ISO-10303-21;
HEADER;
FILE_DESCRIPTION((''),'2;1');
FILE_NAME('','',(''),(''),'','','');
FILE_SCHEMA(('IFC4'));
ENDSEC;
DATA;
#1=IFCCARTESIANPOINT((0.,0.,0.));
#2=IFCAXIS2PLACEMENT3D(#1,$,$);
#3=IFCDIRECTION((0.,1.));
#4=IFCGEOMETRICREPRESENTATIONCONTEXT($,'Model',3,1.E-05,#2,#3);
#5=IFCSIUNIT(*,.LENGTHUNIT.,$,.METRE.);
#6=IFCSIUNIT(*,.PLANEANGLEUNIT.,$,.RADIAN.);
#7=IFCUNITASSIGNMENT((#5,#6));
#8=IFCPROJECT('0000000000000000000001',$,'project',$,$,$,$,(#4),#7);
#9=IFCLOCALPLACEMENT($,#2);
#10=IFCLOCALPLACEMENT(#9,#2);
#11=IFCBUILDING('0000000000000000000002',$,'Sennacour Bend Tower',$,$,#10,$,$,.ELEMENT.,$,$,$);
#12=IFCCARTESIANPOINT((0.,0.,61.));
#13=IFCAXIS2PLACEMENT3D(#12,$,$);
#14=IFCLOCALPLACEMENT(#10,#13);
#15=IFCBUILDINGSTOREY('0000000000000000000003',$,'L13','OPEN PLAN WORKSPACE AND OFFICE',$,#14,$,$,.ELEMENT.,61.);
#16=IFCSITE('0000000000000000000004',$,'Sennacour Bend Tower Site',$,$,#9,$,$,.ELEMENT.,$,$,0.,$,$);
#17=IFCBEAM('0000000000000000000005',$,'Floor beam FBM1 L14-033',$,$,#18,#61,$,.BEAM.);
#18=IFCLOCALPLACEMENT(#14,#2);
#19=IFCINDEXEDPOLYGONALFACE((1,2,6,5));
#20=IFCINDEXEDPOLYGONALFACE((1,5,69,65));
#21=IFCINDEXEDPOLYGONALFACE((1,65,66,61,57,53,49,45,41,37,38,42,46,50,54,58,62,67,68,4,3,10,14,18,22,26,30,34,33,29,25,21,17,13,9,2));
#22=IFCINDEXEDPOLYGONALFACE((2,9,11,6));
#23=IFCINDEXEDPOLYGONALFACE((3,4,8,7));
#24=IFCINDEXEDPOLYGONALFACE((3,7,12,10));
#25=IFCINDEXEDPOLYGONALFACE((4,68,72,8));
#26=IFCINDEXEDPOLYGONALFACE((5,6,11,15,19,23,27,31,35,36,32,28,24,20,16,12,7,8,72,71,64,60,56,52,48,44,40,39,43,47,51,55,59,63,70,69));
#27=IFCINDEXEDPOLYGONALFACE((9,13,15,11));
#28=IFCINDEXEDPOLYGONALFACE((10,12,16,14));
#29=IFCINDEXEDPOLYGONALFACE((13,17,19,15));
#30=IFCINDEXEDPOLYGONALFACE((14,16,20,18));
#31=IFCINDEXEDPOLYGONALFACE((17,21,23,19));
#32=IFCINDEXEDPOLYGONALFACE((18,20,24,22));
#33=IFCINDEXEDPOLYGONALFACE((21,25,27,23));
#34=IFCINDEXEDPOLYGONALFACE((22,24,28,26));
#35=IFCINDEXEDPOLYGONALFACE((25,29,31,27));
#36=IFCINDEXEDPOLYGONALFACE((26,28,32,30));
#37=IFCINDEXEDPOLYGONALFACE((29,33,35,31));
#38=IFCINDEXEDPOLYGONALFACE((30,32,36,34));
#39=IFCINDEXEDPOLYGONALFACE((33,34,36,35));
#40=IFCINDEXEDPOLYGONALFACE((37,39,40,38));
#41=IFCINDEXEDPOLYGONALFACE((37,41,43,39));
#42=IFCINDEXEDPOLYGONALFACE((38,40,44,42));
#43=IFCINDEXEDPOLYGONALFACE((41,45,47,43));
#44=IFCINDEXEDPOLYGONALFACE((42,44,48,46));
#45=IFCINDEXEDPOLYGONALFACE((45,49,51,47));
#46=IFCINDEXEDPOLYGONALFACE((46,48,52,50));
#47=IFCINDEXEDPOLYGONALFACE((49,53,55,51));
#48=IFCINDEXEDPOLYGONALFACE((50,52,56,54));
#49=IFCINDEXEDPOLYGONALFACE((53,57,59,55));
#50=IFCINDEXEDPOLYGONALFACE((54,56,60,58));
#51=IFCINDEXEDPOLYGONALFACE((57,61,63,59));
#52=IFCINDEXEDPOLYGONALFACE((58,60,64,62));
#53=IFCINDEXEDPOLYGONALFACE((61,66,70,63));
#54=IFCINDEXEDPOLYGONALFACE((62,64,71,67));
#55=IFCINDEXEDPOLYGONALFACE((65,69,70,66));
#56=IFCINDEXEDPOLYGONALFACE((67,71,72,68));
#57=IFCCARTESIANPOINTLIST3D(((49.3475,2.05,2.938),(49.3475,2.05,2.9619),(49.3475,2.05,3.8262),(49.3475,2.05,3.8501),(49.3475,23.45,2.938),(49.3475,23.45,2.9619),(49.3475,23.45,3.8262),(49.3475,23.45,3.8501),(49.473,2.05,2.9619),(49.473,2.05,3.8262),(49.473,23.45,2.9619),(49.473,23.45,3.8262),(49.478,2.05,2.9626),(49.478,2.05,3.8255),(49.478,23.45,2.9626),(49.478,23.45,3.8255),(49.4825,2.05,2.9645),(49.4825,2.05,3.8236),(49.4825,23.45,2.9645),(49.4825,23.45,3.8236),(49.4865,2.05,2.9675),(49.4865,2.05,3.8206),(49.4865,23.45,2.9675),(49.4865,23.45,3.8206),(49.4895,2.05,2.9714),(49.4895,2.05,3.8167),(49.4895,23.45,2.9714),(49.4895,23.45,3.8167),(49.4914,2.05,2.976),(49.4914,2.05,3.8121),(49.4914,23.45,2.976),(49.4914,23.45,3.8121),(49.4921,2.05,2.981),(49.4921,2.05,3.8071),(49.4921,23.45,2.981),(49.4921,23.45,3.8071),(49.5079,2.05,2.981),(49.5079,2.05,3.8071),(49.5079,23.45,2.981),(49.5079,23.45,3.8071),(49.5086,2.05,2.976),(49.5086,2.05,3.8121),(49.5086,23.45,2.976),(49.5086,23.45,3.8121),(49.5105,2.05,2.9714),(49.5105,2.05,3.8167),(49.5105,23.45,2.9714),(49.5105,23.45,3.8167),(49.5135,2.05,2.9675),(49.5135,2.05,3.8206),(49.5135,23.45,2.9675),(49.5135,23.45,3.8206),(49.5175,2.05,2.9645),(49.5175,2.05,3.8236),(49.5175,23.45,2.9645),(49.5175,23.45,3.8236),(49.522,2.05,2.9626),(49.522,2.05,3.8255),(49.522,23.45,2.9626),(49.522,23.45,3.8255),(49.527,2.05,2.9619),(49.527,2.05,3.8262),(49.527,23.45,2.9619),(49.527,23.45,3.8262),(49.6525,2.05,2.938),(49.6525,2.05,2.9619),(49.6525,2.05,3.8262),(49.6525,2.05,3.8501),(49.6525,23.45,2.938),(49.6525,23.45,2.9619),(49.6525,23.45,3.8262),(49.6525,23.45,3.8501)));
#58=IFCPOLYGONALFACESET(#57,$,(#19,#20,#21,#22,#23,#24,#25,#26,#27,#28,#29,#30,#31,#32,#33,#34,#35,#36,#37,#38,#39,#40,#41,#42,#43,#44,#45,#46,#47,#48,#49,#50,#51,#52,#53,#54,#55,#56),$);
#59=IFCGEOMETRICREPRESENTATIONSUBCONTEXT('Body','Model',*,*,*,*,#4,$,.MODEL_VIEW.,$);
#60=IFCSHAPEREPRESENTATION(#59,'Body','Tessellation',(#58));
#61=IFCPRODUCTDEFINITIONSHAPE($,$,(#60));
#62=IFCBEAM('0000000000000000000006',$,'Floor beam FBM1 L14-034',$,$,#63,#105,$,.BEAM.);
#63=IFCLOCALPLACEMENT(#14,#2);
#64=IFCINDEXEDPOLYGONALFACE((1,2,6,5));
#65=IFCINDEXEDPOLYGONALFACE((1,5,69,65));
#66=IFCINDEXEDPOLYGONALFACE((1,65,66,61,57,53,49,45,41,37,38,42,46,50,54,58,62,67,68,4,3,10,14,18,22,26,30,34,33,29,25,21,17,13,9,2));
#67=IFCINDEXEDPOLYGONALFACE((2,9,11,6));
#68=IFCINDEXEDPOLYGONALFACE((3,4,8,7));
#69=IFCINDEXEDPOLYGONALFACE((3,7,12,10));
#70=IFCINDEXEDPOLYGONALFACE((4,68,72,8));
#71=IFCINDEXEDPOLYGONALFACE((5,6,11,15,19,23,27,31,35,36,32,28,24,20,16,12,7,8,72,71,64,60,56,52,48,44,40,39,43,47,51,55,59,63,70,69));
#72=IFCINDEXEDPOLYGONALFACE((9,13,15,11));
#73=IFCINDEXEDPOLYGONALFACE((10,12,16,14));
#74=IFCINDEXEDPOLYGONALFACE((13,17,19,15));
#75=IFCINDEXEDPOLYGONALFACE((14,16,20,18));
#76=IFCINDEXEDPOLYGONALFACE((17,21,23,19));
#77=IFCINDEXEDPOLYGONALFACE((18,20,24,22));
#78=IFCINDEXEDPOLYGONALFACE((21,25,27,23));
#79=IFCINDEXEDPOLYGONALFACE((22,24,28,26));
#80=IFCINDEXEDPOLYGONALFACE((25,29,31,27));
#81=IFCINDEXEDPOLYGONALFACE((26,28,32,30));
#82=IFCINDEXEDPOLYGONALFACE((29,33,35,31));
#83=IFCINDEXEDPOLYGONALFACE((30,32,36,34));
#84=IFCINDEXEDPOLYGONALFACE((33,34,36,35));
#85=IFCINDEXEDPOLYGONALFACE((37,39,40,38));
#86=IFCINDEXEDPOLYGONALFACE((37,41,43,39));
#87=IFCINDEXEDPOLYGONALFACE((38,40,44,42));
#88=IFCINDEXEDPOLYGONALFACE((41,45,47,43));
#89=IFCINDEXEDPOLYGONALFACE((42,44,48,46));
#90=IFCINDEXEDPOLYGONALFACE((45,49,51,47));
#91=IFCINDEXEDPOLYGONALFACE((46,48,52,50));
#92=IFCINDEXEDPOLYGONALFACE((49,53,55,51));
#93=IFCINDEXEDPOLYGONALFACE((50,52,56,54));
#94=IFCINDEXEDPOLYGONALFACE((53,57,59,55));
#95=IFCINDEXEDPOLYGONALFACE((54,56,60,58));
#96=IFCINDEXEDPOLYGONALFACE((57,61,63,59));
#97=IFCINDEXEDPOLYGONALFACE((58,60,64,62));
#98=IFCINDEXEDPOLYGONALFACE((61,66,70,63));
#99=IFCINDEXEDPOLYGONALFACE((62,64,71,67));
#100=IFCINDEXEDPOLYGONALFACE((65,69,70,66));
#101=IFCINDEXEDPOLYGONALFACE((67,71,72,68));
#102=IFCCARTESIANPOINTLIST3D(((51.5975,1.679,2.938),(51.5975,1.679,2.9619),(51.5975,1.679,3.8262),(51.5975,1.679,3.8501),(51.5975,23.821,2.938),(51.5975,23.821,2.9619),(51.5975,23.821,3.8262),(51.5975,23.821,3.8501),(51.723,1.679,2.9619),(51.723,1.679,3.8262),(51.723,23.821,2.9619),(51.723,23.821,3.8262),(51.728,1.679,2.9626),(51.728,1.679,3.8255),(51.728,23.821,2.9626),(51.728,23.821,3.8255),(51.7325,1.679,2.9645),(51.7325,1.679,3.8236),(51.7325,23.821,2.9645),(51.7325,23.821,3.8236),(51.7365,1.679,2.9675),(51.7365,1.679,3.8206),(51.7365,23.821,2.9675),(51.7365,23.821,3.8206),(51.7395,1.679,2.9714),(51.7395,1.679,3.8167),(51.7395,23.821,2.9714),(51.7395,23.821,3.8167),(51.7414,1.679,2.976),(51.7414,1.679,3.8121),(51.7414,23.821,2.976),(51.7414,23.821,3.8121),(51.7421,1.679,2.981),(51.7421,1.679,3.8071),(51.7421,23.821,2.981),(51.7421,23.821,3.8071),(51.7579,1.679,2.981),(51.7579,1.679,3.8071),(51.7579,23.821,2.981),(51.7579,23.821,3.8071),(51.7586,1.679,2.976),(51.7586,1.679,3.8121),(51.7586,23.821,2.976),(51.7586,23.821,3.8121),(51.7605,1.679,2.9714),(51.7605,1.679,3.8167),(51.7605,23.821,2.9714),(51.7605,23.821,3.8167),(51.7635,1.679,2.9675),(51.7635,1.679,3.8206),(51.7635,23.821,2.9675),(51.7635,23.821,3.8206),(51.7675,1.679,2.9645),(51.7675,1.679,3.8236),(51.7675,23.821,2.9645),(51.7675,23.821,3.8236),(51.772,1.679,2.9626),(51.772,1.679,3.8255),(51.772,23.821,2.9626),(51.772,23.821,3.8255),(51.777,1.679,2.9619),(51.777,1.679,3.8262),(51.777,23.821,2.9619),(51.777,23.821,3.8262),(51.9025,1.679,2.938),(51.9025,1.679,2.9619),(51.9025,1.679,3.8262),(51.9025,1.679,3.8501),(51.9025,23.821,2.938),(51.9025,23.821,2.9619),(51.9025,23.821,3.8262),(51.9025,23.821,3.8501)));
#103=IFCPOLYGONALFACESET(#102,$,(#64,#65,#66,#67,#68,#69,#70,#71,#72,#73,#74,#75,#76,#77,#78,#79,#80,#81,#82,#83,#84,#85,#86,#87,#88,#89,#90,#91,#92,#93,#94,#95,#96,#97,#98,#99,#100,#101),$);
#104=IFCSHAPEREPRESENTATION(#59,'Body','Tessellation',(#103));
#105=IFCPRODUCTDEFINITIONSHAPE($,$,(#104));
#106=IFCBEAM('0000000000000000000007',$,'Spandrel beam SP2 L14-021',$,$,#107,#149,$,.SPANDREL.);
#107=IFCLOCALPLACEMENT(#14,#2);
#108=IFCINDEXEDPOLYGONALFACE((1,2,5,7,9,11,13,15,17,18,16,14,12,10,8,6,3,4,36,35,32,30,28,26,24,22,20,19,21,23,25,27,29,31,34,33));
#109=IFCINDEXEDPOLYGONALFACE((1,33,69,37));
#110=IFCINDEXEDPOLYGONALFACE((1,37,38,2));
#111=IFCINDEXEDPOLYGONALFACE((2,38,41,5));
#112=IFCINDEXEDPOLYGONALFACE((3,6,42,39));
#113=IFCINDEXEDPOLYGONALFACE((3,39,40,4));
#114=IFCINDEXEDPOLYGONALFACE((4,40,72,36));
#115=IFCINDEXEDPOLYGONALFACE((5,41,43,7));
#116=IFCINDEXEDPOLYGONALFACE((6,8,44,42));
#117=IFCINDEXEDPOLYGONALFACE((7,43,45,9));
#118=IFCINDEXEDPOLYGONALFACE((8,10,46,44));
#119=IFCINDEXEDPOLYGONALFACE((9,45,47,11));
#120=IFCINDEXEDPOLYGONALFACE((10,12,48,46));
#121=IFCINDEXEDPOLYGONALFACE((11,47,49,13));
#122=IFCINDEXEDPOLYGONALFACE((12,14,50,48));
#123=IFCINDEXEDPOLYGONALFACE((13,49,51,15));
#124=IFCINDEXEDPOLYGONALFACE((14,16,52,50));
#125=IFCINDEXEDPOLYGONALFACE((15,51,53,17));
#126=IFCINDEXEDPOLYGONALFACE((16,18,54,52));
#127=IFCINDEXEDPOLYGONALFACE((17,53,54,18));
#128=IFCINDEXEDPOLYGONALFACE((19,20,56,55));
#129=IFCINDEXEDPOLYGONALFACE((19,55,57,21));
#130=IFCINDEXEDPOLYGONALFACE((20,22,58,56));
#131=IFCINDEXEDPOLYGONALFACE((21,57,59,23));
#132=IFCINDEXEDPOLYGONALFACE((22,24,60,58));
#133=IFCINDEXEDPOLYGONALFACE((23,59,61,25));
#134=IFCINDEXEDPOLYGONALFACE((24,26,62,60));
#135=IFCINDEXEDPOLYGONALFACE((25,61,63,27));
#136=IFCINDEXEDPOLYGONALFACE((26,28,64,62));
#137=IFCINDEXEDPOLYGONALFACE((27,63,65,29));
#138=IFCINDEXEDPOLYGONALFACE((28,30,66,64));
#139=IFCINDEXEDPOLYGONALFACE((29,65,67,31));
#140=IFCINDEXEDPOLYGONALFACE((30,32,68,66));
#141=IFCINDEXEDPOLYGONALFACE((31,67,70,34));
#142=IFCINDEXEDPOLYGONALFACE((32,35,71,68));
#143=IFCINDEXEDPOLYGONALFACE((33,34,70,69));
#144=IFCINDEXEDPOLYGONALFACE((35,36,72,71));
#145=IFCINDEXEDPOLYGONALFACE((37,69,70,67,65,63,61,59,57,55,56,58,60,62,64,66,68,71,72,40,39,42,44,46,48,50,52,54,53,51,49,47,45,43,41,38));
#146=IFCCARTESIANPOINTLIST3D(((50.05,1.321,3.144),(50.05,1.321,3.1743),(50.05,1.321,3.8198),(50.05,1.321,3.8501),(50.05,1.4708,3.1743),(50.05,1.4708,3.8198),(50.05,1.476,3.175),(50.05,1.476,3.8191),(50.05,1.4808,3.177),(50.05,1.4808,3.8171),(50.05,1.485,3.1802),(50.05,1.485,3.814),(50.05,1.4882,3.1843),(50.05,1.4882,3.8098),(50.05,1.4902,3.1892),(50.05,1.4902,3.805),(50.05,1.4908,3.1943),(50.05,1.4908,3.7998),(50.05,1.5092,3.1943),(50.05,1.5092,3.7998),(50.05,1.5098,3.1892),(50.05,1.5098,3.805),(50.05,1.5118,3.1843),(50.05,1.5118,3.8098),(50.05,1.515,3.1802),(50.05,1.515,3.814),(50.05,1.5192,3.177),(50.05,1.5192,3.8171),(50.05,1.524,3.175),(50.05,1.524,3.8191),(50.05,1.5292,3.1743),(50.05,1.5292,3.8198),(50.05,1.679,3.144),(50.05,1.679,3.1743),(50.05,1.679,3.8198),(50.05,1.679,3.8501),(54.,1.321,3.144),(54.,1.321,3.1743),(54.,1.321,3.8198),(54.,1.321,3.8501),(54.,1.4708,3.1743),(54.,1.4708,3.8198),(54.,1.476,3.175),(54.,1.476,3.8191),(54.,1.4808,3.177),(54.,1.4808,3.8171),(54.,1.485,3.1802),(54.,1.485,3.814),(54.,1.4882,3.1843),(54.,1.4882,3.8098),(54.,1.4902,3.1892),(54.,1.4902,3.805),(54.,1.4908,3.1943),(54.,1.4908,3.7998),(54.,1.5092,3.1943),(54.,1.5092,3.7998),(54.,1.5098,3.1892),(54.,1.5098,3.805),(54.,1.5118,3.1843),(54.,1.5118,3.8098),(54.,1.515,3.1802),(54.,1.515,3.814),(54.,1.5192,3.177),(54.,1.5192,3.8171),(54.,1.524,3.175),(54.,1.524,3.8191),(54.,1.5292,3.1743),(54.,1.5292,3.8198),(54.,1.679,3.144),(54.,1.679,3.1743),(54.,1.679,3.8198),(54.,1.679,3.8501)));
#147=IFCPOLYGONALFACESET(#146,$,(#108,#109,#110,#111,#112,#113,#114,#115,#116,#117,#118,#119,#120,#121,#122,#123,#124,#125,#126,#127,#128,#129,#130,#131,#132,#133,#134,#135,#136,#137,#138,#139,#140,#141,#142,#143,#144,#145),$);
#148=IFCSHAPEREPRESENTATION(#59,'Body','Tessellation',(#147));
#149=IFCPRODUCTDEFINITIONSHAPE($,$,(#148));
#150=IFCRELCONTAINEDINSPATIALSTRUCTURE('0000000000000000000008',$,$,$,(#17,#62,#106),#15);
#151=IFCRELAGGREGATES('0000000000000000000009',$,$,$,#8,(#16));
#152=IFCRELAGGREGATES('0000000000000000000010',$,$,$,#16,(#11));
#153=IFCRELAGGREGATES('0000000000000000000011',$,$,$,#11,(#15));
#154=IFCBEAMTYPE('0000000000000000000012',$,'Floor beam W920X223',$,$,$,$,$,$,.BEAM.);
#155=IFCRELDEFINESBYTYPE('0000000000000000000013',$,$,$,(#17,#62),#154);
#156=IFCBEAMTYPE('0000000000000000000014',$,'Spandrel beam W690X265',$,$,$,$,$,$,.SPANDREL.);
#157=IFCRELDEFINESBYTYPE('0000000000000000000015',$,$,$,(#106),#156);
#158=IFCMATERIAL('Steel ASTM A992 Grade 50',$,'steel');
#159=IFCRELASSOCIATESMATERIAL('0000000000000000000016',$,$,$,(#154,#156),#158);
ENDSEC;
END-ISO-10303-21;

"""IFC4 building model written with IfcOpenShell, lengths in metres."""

from ifc_helpers import new_model, si_unit, direction, frame, origin, origin_2d, place, context, subcontext, project, spatial, i_section, extrude, material, material_profile, profile_set, type_object, element, save


model = new_model("IFC4")

# Units and contexts
model_context = context("Model", 3, precision=1e-05, world=origin(), true_north=direction((0.0, 1.0)))
body_context = subcontext(model_context, "Body", "Model", "MODEL_VIEW")
ifc_project = project(units=[si_unit("LENGTHUNIT", "METRE"), si_unit("PLANEANGLEUNIT", "RADIAN")], contexts=[model_context])

# Site, building, storey
site_placement = place(None, origin())
site = spatial("IfcSite", under=ifc_project, at=site_placement, Name="Sennacour Bend Tower Site", CompositionType="ELEMENT", RefElevation=0.0)
building_placement = place(site_placement, origin())
building = spatial("IfcBuilding", under=site, at=building_placement, Name="Sennacour Bend Tower", CompositionType="ELEMENT")
storey_placement = place(building_placement, frame((0.0, 0.0, 61.0)))
storey = spatial("IfcBuildingStorey", under=building, at=storey_placement, Name="L13", Description="OPEN PLAN WORKSPACE AND OFFICE", CompositionType="ELEMENT", Elevation=61.0)

# Beams
ifc_material_1 = material(Name="Steel ASTM A992 Grade 50", Category="steel")
ifc_material_profile_1 = material_profile(ifc_material_1, i_section(OverallWidth=0.3049, OverallDepth=0.9121, WebThickness=0.0159, FlangeThickness=0.0239, FilletRadius=0.019, at=origin_2d()), Name="Steel ASTM A992 Grade 50", Category="steel")
ifc_profile_set_1 = profile_set([ifc_material_profile_1], Name="Steel ASTM A992 Grade 50")
beam_type_1 = type_object("IfcBeamType", Name="Floor beam W920X223", PredefinedType="BEAM", material=ifc_profile_set_1)
beam_1_placement = place(storey_placement, frame((49.5, 2.05, 3.394), z_axis=(0.0, 1.0, 0.0), x_axis=(-1.0, 0.0, 0.0)))
element("IfcBeam", 1, at=beam_1_placement, inside=storey, type_object=beam_type_1, Name="Floor beam FBM1 L14-033", PredefinedType="BEAM", context=body_context, shape_type="SweptSolid", body=[
    extrude(i_section(OverallWidth=0.3049, OverallDepth=0.9121, WebThickness=0.0159, FlangeThickness=0.0239, FilletRadius=0.019, at=origin_2d()), origin(), (0.0, 0.0, 1.0), 21.3999),
])
beam_2_placement = place(storey_placement, frame((51.75, 1.679, 3.394), z_axis=(0.0, 1.0, 0.0), x_axis=(-1.0, 0.0, 0.0)))
element("IfcBeam", 2, at=beam_2_placement, inside=storey, type_object=beam_type_1, Name="Floor beam FBM1 L14-034", PredefinedType="BEAM", context=body_context, shape_type="SweptSolid", body=[
    extrude(i_section(OverallWidth=0.3049, OverallDepth=0.9121, WebThickness=0.0159, FlangeThickness=0.0239, FilletRadius=0.019, at=origin_2d()), origin(), (0.0, 0.0, 1.0), 22.1421),
])
ifc_material_profile_2 = material_profile(ifc_material_1, i_section(OverallWidth=0.3579, OverallDepth=0.7061, WebThickness=0.0183, FlangeThickness=0.0303, FilletRadius=0.02, at=origin_2d()), Name="Steel ASTM A992 Grade 50", Category="steel")
ifc_profile_set_2 = profile_set([ifc_material_profile_2], Name="Steel ASTM A992 Grade 50")
beam_type_2 = type_object("IfcBeamType", Name="Spandrel beam W690X265", PredefinedType="SPANDREL", material=ifc_profile_set_2)
beam_3_placement = place(storey_placement, frame((54.0, 1.5, 3.4971), z_axis=(-1.0, 0.0, 0.0), x_axis=(0.0, -1.0, 0.0)))
element("IfcBeam", 3, at=beam_3_placement, inside=storey, type_object=beam_type_2, Name="Spandrel beam SP2 L14-021", PredefinedType="SPANDREL", context=body_context, shape_type="SweptSolid", body=[
    extrude(i_section(OverallWidth=0.3579, OverallDepth=0.7061, WebThickness=0.0183, FlangeThickness=0.0303, FilletRadius=0.02, at=origin_2d()), origin(), (0.0, 0.0, 1.0), 3.95),
])

save(model, "model.ifc")
